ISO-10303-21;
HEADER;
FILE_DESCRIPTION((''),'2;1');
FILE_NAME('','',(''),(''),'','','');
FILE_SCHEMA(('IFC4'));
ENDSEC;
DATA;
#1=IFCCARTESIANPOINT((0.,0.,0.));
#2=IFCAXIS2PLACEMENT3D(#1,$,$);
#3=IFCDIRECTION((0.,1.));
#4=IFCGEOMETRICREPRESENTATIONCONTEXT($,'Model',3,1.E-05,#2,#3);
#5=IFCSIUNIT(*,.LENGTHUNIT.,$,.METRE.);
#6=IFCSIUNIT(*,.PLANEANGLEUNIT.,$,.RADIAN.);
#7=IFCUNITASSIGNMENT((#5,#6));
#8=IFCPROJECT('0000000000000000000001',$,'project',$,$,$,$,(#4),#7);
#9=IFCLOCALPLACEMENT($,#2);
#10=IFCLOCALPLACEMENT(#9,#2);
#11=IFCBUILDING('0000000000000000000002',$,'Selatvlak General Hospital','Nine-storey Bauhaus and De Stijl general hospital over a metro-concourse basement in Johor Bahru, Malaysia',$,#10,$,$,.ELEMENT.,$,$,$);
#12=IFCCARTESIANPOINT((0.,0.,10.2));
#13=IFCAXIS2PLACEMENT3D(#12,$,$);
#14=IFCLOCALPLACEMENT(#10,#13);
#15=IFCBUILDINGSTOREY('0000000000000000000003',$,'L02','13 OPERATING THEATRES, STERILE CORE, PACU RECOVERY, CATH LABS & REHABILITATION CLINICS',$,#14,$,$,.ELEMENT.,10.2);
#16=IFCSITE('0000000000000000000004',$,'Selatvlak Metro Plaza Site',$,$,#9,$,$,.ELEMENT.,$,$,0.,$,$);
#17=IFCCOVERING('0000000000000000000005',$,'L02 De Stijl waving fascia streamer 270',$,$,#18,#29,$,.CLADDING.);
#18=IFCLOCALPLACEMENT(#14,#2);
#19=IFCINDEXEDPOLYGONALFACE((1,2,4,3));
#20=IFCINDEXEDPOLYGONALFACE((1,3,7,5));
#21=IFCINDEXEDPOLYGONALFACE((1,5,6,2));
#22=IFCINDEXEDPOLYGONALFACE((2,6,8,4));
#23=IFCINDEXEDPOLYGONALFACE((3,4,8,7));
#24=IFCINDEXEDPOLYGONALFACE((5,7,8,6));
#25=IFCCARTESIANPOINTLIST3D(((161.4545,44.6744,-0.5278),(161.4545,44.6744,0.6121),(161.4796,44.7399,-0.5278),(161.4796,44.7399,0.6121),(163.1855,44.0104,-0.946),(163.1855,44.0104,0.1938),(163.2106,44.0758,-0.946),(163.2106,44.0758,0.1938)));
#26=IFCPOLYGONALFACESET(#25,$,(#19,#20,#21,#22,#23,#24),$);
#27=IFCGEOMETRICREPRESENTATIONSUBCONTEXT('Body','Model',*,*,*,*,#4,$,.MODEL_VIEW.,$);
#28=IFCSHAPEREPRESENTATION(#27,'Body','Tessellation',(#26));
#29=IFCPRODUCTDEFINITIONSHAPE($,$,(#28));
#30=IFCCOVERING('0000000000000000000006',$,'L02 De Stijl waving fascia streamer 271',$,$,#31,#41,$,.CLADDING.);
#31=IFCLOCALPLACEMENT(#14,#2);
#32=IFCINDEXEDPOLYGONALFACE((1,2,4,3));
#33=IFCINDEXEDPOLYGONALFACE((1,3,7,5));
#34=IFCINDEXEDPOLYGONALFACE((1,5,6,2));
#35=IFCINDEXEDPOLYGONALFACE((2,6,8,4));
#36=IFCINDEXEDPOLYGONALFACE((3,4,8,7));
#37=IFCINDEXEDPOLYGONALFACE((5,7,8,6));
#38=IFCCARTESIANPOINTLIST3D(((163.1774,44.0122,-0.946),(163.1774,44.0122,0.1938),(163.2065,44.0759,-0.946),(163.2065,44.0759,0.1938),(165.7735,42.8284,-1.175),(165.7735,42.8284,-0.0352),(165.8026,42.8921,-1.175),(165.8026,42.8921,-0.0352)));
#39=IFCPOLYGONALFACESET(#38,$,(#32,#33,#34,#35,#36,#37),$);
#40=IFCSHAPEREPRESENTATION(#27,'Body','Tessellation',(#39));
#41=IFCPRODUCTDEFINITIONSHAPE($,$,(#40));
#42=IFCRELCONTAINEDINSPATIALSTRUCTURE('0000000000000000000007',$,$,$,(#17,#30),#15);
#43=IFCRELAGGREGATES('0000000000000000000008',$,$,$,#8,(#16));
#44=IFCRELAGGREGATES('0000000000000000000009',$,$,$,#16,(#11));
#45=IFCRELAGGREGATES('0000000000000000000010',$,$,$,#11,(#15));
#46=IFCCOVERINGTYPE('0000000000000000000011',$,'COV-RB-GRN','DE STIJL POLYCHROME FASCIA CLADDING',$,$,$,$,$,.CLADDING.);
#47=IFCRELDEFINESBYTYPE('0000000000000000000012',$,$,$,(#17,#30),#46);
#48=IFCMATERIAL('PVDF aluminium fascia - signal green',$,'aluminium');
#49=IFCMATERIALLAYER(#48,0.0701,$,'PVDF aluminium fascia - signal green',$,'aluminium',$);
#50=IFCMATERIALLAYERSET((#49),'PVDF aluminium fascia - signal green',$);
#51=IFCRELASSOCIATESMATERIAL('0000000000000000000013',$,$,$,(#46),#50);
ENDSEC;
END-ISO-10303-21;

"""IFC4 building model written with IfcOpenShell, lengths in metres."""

from ifc_helpers import new_model, si_unit, direction, frame, origin, place, context, subcontext, project, spatial, polyline, outline, extrude, material, layer, layer_set, type_object, element, save


model = new_model("IFC4")

# Units and contexts
model_context = context("Model", 3, precision=1e-05, world=origin(), true_north=direction((0.0, 1.0)))
body_context = subcontext(model_context, "Body", "Model", "MODEL_VIEW")
ifc_project = project(units=[si_unit("LENGTHUNIT", "METRE"), si_unit("PLANEANGLEUNIT", "RADIAN")], contexts=[model_context])

# Site, building, storey
site_placement = place(None, origin())
site = spatial("IfcSite", under=ifc_project, at=site_placement, Name="Selatvlak Metro Plaza Site", CompositionType="ELEMENT", RefElevation=0.0)
building_placement = place(site_placement, origin())
building = spatial("IfcBuilding", under=site, at=building_placement, Name="Selatvlak General Hospital", Description="Nine-storey Bauhaus and De Stijl general hospital over a metro-concourse basement in Johor Bahru, Malaysia", CompositionType="ELEMENT")
storey_placement = place(building_placement, frame((0.0, 0.0, 10.2)))
storey = spatial("IfcBuildingStorey", under=building, at=storey_placement, Name="L02", Description="13 OPERATING THEATRES, STERILE CORE, PACU RECOVERY, CATH LABS & REHABILITATION CLINICS", CompositionType="ELEMENT", Elevation=10.2)

# Coverings
ifc_material_1 = material(Name="PVDF aluminium fascia - signal green", Category="aluminium")
ifc_layer_1 = layer(ifc_material_1, 0.0701, Name="PVDF aluminium fascia - signal green", Category="aluminium")
ifc_layer_set_1 = layer_set([ifc_layer_1], Name="PVDF aluminium fascia - signal green")
covering_type = type_object("IfcCoveringType", Name="COV-RB-GRN", Description="DE STIJL POLYCHROME FASCIA CLADDING", PredefinedType="CLADDING", material=ifc_layer_set_1)
covering_1_placement = place(storey_placement, frame((161.467, 44.707, -0.5278), z_axis=(0.0, 0.0, 1.0), x_axis=(0.933651, -0.358185, 0.0)))
element("IfcCovering", 1, at=covering_1_placement, inside=storey, type_object=covering_type, Name="L02 De Stijl waving fascia streamer 270", PredefinedType="CLADDING", context=body_context, shape_type="SweptSolid", body=[
    extrude(outline(polyline([(0.0, 0.0), (1.854, -0.4182), (1.854, 0.7217), (0.0, 1.1399), (0.0, 0.0)])), frame((0.0, 0.0352, 0.0), z_axis=(0.0, -1.0, 0.0), x_axis=(1.0, 0.0, 0.0)), (0.0, 0.0, 1.0), 0.0701),
])
covering_2_placement = place(storey_placement, frame((163.1919, 44.0439, -0.946), z_axis=(0.0, 0.0, 1.0), x_axis=(0.909871, -0.414892, 0.0)))
element("IfcCovering", 2, at=covering_2_placement, inside=storey, type_object=covering_type, Name="L02 De Stijl waving fascia streamer 271", PredefinedType="CLADDING", context=body_context, shape_type="SweptSolid", body=[
    extrude(outline(polyline([(0.0, 0.0), (2.8533, -0.229), (2.8533, 0.9109), (0.0, 1.1399), (0.0, 0.0)])), frame((0.0, 0.0352, 0.0), z_axis=(0.0, -1.0, 0.0), x_axis=(1.0, 0.0, 0.0)), (0.0, 0.0, 1.0), 0.0701),
])

save(model, "model.ifc")
